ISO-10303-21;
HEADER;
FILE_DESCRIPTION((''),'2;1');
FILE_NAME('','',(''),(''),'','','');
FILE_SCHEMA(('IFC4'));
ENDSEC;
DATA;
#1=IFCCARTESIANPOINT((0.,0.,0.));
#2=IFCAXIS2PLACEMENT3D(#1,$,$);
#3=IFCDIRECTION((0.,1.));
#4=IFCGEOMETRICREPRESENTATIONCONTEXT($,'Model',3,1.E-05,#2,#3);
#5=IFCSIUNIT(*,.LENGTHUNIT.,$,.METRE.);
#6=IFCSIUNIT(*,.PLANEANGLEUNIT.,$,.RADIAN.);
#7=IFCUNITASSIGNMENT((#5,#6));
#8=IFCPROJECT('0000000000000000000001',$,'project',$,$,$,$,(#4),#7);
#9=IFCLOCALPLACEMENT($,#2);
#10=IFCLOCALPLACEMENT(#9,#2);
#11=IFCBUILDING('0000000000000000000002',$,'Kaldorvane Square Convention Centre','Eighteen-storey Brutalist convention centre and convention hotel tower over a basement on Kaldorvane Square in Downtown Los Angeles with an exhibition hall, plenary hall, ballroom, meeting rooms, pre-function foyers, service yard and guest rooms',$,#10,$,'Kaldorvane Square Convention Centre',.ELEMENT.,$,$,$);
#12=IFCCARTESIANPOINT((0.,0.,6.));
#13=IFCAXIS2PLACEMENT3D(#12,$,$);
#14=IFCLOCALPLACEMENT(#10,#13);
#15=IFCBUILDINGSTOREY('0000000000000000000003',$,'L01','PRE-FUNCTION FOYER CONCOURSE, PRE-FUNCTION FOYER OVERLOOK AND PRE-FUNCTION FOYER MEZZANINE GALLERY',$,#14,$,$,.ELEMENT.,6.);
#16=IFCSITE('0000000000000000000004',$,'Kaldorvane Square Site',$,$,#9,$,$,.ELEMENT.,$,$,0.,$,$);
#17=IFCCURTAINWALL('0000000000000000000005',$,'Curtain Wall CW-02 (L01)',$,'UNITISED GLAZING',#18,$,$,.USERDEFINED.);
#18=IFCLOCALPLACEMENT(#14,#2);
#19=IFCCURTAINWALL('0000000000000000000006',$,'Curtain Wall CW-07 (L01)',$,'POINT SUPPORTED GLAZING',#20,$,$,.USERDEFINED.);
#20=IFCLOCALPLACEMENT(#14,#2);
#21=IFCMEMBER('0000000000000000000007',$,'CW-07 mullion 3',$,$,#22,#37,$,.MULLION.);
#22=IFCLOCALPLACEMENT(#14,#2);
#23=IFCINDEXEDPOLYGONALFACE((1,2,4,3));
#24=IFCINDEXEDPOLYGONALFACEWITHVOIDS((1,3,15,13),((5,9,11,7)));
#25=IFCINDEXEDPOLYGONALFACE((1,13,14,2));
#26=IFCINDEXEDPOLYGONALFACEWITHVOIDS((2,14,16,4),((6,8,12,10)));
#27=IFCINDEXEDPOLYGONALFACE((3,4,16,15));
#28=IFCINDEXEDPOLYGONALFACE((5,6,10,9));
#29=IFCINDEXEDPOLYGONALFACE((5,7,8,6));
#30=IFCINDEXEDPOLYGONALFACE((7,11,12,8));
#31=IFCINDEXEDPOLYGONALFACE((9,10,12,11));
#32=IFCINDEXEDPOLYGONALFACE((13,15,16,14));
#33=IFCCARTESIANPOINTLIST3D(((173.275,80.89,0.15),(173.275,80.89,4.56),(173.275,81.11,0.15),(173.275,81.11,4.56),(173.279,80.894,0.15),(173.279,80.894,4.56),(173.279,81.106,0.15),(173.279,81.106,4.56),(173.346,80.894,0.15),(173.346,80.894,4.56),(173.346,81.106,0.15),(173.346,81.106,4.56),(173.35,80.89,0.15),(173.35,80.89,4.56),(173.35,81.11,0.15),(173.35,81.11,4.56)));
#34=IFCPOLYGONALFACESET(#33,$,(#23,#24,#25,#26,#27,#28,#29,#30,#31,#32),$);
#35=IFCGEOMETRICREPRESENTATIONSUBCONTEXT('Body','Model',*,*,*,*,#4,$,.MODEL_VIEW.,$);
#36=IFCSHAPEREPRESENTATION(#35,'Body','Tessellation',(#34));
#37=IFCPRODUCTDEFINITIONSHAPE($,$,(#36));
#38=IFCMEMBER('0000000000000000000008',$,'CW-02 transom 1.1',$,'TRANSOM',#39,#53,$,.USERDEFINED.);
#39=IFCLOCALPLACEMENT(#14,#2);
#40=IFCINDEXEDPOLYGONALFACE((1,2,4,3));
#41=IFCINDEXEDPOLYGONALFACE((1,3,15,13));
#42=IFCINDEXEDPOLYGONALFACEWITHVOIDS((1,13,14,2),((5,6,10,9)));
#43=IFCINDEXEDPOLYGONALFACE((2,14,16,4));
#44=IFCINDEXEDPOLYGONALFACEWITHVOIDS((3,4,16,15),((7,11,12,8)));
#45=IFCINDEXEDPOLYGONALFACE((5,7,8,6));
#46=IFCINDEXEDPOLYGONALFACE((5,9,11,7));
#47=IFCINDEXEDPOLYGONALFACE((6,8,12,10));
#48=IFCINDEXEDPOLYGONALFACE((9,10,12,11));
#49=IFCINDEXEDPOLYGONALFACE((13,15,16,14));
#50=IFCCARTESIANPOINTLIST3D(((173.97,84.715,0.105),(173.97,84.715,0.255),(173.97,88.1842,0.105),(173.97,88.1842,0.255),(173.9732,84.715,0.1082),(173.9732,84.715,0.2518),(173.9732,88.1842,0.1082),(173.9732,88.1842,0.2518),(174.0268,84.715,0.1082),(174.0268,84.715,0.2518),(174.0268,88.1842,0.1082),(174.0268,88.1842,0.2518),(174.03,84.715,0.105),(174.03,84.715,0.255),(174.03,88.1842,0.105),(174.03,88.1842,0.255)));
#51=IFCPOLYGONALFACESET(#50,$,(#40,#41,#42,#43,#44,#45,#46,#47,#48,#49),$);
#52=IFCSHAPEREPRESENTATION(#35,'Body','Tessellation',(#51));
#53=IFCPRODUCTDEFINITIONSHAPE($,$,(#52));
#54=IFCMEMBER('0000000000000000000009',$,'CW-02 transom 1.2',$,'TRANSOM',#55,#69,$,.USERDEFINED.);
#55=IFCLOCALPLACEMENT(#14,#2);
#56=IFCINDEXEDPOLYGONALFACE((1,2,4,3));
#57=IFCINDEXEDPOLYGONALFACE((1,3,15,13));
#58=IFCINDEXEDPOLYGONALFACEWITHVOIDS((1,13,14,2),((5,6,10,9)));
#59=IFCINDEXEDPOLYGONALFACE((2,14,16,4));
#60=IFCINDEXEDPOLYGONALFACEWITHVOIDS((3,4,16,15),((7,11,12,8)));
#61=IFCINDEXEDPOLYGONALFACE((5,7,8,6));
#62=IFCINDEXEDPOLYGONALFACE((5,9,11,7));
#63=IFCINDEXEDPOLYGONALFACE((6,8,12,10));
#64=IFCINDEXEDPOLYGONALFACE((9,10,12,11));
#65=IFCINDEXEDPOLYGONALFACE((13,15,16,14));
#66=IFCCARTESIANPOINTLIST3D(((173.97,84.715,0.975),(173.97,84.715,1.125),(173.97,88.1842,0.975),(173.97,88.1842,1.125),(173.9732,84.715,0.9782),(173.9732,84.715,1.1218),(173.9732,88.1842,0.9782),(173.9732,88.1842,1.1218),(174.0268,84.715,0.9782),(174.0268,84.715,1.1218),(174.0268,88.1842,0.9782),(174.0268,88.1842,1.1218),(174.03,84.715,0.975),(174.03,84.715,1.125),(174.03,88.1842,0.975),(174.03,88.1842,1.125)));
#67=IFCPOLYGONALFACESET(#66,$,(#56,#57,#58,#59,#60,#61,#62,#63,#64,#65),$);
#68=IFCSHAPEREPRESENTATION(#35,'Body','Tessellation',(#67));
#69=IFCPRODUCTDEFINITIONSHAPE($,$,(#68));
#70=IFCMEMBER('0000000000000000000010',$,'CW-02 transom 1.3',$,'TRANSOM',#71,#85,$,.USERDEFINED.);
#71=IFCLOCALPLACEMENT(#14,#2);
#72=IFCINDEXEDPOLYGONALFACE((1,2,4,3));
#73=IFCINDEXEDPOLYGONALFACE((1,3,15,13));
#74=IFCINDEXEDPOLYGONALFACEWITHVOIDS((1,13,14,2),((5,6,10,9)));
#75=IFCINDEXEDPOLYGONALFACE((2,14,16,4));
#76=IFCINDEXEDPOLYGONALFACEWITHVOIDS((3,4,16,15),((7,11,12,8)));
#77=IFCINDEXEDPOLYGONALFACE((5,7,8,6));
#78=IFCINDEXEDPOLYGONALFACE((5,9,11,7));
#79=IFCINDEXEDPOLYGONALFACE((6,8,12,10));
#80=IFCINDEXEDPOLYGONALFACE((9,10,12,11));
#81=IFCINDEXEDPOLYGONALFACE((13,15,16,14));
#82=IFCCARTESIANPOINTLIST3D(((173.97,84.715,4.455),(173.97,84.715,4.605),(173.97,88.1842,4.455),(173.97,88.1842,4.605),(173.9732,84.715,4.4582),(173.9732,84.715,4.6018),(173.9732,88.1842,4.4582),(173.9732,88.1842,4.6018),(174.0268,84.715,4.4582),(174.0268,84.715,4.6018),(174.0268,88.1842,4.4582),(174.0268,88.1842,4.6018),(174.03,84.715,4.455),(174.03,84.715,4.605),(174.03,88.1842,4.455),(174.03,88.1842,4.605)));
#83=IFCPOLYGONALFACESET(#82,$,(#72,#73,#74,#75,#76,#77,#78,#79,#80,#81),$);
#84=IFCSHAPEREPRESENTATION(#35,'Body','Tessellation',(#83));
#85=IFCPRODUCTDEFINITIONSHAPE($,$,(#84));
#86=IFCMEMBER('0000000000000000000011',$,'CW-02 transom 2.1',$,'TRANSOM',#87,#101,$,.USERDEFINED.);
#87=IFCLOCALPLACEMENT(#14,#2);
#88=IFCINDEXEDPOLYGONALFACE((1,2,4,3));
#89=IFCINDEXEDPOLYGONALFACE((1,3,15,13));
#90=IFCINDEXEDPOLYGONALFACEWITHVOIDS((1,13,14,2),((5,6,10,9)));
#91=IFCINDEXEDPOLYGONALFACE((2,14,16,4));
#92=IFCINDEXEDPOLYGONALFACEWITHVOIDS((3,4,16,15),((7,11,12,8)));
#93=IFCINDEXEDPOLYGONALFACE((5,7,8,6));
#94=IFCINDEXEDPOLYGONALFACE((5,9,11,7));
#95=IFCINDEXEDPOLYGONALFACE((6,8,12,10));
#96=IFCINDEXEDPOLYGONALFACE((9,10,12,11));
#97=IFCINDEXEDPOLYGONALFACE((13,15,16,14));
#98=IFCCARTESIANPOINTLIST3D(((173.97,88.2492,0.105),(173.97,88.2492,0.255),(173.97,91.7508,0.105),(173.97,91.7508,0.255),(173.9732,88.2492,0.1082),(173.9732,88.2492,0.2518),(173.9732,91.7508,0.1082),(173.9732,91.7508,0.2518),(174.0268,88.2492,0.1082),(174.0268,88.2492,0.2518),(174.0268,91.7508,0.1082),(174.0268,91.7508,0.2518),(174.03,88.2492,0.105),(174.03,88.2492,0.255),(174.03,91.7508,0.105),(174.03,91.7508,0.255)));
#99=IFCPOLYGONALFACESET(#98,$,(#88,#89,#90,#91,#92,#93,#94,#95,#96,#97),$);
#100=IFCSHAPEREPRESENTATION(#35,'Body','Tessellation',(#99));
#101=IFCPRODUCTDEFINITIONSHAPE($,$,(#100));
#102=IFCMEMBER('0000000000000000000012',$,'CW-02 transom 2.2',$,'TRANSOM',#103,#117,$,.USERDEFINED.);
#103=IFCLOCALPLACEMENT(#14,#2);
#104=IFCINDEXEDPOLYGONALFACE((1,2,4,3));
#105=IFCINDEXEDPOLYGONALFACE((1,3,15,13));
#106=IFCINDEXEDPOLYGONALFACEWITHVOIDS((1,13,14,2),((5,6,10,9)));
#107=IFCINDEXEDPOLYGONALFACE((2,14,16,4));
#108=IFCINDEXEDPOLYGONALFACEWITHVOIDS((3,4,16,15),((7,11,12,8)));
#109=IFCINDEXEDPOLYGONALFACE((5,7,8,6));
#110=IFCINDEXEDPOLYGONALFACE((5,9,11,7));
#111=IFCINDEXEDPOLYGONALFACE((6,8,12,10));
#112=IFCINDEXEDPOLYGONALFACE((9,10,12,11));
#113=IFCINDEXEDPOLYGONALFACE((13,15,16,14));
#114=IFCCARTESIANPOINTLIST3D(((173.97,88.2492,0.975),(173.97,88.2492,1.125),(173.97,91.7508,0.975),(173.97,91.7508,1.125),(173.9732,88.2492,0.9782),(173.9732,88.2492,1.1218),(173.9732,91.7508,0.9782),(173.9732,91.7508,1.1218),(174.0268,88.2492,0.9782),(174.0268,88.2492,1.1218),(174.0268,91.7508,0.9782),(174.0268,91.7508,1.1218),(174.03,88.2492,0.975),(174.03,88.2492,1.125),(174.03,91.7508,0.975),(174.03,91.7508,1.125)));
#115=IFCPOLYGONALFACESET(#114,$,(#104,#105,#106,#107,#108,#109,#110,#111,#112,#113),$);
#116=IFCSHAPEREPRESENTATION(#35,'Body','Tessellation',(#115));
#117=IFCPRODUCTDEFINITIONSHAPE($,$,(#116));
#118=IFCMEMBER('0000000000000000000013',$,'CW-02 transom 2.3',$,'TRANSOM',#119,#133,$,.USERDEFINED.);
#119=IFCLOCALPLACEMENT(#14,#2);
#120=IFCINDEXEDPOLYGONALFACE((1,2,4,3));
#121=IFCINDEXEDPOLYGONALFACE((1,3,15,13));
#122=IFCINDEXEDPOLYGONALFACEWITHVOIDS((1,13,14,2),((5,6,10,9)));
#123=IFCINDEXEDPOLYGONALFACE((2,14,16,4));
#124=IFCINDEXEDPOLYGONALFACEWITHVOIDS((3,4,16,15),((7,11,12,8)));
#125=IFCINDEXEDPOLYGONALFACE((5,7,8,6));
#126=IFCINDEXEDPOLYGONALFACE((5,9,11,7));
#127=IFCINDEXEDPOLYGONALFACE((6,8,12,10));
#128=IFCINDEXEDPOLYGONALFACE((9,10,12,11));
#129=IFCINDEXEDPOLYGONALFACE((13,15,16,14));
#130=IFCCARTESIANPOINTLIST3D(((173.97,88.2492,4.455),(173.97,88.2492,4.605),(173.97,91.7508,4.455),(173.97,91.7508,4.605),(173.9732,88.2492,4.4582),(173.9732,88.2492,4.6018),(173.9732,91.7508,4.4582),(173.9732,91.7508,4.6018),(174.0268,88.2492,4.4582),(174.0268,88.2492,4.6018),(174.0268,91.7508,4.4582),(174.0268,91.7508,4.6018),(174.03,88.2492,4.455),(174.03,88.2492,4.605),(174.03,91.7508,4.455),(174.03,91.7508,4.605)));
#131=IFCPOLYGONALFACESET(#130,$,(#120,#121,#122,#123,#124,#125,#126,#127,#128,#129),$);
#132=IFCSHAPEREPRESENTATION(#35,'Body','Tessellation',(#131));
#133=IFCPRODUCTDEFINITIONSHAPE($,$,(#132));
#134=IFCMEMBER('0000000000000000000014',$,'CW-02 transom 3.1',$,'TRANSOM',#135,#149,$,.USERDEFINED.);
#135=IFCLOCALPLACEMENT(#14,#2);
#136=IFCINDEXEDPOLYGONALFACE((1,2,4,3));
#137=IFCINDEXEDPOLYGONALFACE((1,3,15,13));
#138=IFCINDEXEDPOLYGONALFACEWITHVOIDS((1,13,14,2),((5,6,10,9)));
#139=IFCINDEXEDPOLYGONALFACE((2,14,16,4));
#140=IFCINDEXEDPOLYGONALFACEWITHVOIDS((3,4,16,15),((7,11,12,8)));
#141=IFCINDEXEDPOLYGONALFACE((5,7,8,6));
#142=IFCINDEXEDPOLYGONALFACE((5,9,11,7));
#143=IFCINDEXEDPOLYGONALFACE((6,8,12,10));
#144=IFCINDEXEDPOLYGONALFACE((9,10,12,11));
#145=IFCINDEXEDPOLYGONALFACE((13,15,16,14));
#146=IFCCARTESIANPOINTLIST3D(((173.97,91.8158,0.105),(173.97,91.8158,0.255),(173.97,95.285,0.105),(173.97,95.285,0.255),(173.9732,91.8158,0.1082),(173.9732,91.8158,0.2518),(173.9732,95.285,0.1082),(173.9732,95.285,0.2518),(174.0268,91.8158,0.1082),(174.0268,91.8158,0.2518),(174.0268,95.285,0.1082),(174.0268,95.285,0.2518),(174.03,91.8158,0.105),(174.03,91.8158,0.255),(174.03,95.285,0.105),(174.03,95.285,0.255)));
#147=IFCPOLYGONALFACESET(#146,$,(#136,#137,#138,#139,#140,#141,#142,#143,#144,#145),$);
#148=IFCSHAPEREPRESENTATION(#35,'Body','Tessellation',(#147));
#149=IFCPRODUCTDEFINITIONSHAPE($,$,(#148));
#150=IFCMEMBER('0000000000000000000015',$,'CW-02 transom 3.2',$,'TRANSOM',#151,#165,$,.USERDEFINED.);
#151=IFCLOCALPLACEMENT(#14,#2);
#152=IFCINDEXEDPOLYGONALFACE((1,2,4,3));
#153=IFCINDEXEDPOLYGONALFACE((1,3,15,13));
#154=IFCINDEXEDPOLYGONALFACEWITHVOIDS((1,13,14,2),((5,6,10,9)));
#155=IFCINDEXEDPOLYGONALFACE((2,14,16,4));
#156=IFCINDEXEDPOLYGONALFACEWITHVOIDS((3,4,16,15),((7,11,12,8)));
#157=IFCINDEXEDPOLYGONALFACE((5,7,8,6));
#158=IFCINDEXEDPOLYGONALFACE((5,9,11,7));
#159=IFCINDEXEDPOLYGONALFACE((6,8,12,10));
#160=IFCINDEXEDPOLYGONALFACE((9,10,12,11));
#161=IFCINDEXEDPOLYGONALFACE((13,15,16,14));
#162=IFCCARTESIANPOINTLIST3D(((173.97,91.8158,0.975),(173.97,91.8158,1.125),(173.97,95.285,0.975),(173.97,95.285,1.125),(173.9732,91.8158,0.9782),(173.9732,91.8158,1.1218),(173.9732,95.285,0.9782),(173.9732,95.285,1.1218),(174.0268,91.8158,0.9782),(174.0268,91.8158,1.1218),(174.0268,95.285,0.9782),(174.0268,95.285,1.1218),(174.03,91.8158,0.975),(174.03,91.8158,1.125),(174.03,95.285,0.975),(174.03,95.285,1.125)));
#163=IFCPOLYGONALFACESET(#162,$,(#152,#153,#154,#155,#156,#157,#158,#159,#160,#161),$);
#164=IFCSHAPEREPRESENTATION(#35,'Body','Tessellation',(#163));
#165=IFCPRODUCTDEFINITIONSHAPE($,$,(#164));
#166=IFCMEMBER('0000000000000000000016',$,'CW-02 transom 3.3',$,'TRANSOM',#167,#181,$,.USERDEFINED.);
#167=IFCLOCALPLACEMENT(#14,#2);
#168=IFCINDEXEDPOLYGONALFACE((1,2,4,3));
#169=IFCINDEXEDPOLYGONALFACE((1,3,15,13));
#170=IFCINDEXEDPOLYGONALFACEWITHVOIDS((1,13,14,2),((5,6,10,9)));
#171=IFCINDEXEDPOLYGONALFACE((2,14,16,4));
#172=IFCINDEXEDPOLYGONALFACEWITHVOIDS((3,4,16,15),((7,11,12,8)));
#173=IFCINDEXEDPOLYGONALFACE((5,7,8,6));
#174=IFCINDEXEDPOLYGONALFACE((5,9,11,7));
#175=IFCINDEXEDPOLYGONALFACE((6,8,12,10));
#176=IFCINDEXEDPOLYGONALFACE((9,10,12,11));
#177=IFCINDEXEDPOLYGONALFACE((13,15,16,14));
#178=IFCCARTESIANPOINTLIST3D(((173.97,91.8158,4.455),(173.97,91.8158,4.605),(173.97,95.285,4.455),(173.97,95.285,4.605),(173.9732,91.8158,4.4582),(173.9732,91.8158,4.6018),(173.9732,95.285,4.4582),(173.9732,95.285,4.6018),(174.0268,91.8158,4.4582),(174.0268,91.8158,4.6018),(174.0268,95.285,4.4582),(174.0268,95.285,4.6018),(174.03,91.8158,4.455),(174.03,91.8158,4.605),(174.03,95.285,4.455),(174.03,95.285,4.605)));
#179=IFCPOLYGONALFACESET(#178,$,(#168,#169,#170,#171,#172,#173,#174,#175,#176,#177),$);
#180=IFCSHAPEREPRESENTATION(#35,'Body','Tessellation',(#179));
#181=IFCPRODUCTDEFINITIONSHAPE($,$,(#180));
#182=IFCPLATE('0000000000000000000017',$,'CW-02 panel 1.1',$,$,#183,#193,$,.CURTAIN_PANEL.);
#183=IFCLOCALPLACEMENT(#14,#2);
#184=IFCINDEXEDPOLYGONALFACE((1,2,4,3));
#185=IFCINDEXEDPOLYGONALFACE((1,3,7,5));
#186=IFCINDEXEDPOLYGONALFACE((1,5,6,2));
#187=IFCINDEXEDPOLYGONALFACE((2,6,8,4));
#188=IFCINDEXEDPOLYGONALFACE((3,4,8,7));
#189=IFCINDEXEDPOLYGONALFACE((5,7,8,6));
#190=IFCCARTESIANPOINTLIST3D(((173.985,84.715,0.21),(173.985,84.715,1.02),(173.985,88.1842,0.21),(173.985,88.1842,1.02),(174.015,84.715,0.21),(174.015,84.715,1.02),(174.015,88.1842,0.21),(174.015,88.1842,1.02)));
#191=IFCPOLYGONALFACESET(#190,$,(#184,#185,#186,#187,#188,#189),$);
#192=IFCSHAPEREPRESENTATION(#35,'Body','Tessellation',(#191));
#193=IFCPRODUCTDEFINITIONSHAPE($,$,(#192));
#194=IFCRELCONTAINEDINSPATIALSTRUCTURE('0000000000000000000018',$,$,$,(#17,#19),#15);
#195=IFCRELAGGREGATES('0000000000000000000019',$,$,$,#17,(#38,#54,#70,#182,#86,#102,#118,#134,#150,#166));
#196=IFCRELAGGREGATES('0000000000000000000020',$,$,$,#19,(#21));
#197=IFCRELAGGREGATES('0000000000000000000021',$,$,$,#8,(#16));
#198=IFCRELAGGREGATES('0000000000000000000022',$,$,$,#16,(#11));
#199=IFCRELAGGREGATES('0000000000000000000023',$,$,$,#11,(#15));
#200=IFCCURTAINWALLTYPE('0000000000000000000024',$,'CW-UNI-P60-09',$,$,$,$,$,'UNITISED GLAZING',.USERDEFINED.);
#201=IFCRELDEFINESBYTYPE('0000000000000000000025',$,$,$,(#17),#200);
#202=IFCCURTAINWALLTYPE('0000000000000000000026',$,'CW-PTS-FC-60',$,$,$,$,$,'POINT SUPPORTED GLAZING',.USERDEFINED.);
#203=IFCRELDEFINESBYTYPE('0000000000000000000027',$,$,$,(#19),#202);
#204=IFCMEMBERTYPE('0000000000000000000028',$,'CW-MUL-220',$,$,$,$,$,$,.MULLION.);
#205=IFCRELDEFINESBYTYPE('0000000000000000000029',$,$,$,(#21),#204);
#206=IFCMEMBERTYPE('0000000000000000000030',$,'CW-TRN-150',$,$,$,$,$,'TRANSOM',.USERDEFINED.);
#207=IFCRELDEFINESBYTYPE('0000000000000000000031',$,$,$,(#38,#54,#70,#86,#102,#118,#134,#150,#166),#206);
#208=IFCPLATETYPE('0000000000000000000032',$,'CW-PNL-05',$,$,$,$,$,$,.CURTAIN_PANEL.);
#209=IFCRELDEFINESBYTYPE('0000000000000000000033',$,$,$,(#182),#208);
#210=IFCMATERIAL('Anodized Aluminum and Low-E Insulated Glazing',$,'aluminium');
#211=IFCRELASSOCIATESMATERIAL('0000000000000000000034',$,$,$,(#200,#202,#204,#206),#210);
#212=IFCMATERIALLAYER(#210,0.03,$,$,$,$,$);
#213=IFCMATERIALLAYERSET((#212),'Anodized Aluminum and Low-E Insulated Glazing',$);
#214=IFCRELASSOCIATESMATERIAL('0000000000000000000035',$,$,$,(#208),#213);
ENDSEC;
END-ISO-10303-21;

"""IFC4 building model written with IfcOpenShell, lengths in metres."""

from ifc_helpers import new_model, si_unit, direction, frame, origin, origin_2d, place, context, subcontext, project, spatial, rectangle, hollow_rectangle, extrude, material, layer, layer_set, material_profile, profile_set, type_object, element, aggregate, save


model = new_model("IFC4")

# Units and contexts
model_context = context("Model", 3, precision=1e-05, world=origin(), true_north=direction((0.0, 1.0)))
body_context = subcontext(model_context, "Body", "Model", "MODEL_VIEW")
ifc_project = project(units=[si_unit("LENGTHUNIT", "METRE"), si_unit("PLANEANGLEUNIT", "RADIAN")], contexts=[model_context])

# Site, building, storey
site_placement = place(None, origin())
site = spatial("IfcSite", under=ifc_project, at=site_placement, Name="Kaldorvane Square Site", CompositionType="ELEMENT", RefElevation=0.0)
building_placement = place(site_placement, origin())
building = spatial("IfcBuilding", under=site, at=building_placement, Name="Kaldorvane Square Convention Centre", Description="Eighteen-storey Brutalist convention centre and convention hotel tower over a basement on Kaldorvane Square in Downtown Los Angeles with an exhibition hall, plenary hall, ballroom, meeting rooms, pre-function foyers, service yard and guest rooms", LongName="Kaldorvane Square Convention Centre", CompositionType="ELEMENT")
storey_placement = place(building_placement, frame((0.0, 0.0, 6.0)))
storey = spatial("IfcBuildingStorey", under=building, at=storey_placement, Name="L01", Description="PRE-FUNCTION FOYER CONCOURSE, PRE-FUNCTION FOYER OVERLOOK AND PRE-FUNCTION FOYER MEZZANINE GALLERY", CompositionType="ELEMENT", Elevation=6.0)

# Curtain wall
ifc_material_1 = material(Name="Anodized Aluminum and Low-E Insulated Glazing", Category="aluminium")
curtain_wall_type_1 = type_object("IfcCurtainWallType", Name="CW-UNI-P60-09", ElementType="UNITISED GLAZING", PredefinedType="USERDEFINED", material=ifc_material_1)
curtain_wall_1_placement = place(storey_placement, origin())
curtain_wall_1 = element("IfcCurtainWall", 1, at=curtain_wall_1_placement, inside=storey, type_object=curtain_wall_type_1, Name="Curtain Wall CW-02 (L01)", ObjectType="UNITISED GLAZING", PredefinedType="USERDEFINED")

# Curtain wall, member
curtain_wall_type_2 = type_object("IfcCurtainWallType", Name="CW-PTS-FC-60", ElementType="POINT SUPPORTED GLAZING", PredefinedType="USERDEFINED", material=ifc_material_1)
curtain_wall_2_placement = place(storey_placement, origin())
curtain_wall_2 = element("IfcCurtainWall", 2, at=curtain_wall_2_placement, inside=storey, type_object=curtain_wall_type_2, Name="Curtain Wall CW-07 (L01)", ObjectType="POINT SUPPORTED GLAZING", PredefinedType="USERDEFINED")
ifc_material_profile_1 = material_profile(ifc_material_1, hollow_rectangle(XDim=0.075, YDim=0.22, WallThickness=0.004, at=origin_2d()), Name="CWM-220X75")
ifc_profile_set_1 = profile_set([ifc_material_profile_1], Name="Anodized Aluminum and Low-E Insulated Glazing")
member_type_1 = type_object("IfcMemberType", Name="CW-MUL-220", PredefinedType="MULLION", material=ifc_profile_set_1)
member_1_placement = place(storey_placement, frame((173.3125, 81.0, 0.15), z_axis=(0.0, 0.0, 1.0), x_axis=(1.0, 0.0, 0.0)))
member_1 = element("IfcMember", 3, at=member_1_placement, type_object=member_type_1, Name="CW-07 mullion 3", PredefinedType="MULLION", context=body_context, shape_type="SweptSolid", body=[
    extrude(hollow_rectangle(XDim=0.075, YDim=0.22, WallThickness=0.004, at=origin_2d()), origin(), (0.0, 0.0, 1.0), 4.41),
])

# Members
ifc_material_profile_2 = material_profile(ifc_material_1, hollow_rectangle(XDim=0.06, YDim=0.15, WallThickness=0.0032, at=origin_2d()), Name="CWT-150X60")
ifc_profile_set_2 = profile_set([ifc_material_profile_2], Name="Anodized Aluminum and Low-E Insulated Glazing")
member_type_2 = type_object("IfcMemberType", Name="CW-TRN-150", ElementType="TRANSOM", PredefinedType="USERDEFINED", material=ifc_profile_set_2)
member_2_placement = place(storey_placement, frame((174.0, 84.715, 0.18), z_axis=(0.0, 1.0, 0.0), x_axis=(-1.0, 0.0, 0.0)))
member_2 = element("IfcMember", 4, at=member_2_placement, type_object=member_type_2, Name="CW-02 transom 1.1", ObjectType="TRANSOM", PredefinedType="USERDEFINED", context=body_context, shape_type="SweptSolid", body=[
    extrude(hollow_rectangle(XDim=0.06, YDim=0.15, WallThickness=0.0032, at=origin_2d()), origin(), (0.0, 0.0, 1.0), 3.4692),
])
member_3_placement = place(storey_placement, frame((174.0, 84.715, 1.05), z_axis=(0.0, 1.0, 0.0), x_axis=(-1.0, 0.0, 0.0)))
member_3 = element("IfcMember", 5, at=member_3_placement, type_object=member_type_2, Name="CW-02 transom 1.2", ObjectType="TRANSOM", PredefinedType="USERDEFINED", context=body_context, shape_type="SweptSolid", body=[
    extrude(hollow_rectangle(XDim=0.06, YDim=0.15, WallThickness=0.0032, at=origin_2d()), origin(), (0.0, 0.0, 1.0), 3.4692),
])
member_4_placement = place(storey_placement, frame((174.0, 84.715, 4.53), z_axis=(0.0, 1.0, 0.0), x_axis=(-1.0, 0.0, 0.0)))
member_4 = element("IfcMember", 6, at=member_4_placement, type_object=member_type_2, Name="CW-02 transom 1.3", ObjectType="TRANSOM", PredefinedType="USERDEFINED", context=body_context, shape_type="SweptSolid", body=[
    extrude(hollow_rectangle(XDim=0.06, YDim=0.15, WallThickness=0.0032, at=origin_2d()), origin(), (0.0, 0.0, 1.0), 3.4692),
])
member_5_placement = place(storey_placement, frame((174.0, 88.2492, 0.18), z_axis=(0.0, 1.0, 0.0), x_axis=(-1.0, 0.0, 0.0)))
member_5 = element("IfcMember", 7, at=member_5_placement, type_object=member_type_2, Name="CW-02 transom 2.1", ObjectType="TRANSOM", PredefinedType="USERDEFINED", context=body_context, shape_type="SweptSolid", body=[
    extrude(hollow_rectangle(XDim=0.06, YDim=0.15, WallThickness=0.0032, at=origin_2d()), origin(), (0.0, 0.0, 1.0), 3.5017),
])
member_6_placement = place(storey_placement, frame((174.0, 88.2492, 1.05), z_axis=(0.0, 1.0, 0.0), x_axis=(-1.0, 0.0, 0.0)))
member_6 = element("IfcMember", 8, at=member_6_placement, type_object=member_type_2, Name="CW-02 transom 2.2", ObjectType="TRANSOM", PredefinedType="USERDEFINED", context=body_context, shape_type="SweptSolid", body=[
    extrude(hollow_rectangle(XDim=0.06, YDim=0.15, WallThickness=0.0032, at=origin_2d()), origin(), (0.0, 0.0, 1.0), 3.5017),
])
member_7_placement = place(storey_placement, frame((174.0, 88.2492, 4.53), z_axis=(0.0, 1.0, 0.0), x_axis=(-1.0, 0.0, 0.0)))
member_7 = element("IfcMember", 9, at=member_7_placement, type_object=member_type_2, Name="CW-02 transom 2.3", ObjectType="TRANSOM", PredefinedType="USERDEFINED", context=body_context, shape_type="SweptSolid", body=[
    extrude(hollow_rectangle(XDim=0.06, YDim=0.15, WallThickness=0.0032, at=origin_2d()), origin(), (0.0, 0.0, 1.0), 3.5017),
])
member_8_placement = place(storey_placement, frame((174.0, 91.8158, 0.18), z_axis=(0.0, 1.0, 0.0), x_axis=(-1.0, 0.0, 0.0)))
member_8 = element("IfcMember", 10, at=member_8_placement, type_object=member_type_2, Name="CW-02 transom 3.1", ObjectType="TRANSOM", PredefinedType="USERDEFINED", context=body_context, shape_type="SweptSolid", body=[
    extrude(hollow_rectangle(XDim=0.06, YDim=0.15, WallThickness=0.0032, at=origin_2d()), origin(), (0.0, 0.0, 1.0), 3.4692),
])
member_9_placement = place(storey_placement, frame((174.0, 91.8158, 1.05), z_axis=(0.0, 1.0, 0.0), x_axis=(-1.0, 0.0, 0.0)))
member_9 = element("IfcMember", 11, at=member_9_placement, type_object=member_type_2, Name="CW-02 transom 3.2", ObjectType="TRANSOM", PredefinedType="USERDEFINED", context=body_context, shape_type="SweptSolid", body=[
    extrude(hollow_rectangle(XDim=0.06, YDim=0.15, WallThickness=0.0032, at=origin_2d()), origin(), (0.0, 0.0, 1.0), 3.4692),
])
member_10_placement = place(storey_placement, frame((174.0, 91.8158, 4.53), z_axis=(0.0, 1.0, 0.0), x_axis=(-1.0, 0.0, 0.0)))
member_10 = element("IfcMember", 12, at=member_10_placement, type_object=member_type_2, Name="CW-02 transom 3.3", ObjectType="TRANSOM", PredefinedType="USERDEFINED", context=body_context, shape_type="SweptSolid", body=[
    extrude(hollow_rectangle(XDim=0.06, YDim=0.15, WallThickness=0.0032, at=origin_2d()), origin(), (0.0, 0.0, 1.0), 3.4692),
])

# Plate
ifc_layer_1 = layer(ifc_material_1, 0.03)
ifc_layer_set_1 = layer_set([ifc_layer_1], Name="Anodized Aluminum and Low-E Insulated Glazing")
plate_type_1 = type_object("IfcPlateType", Name="CW-PNL-05", PredefinedType="CURTAIN_PANEL", material=ifc_layer_set_1)
plate_1_placement = place(storey_placement, frame((174.0, 86.4496, 0.21), z_axis=(0.0, 0.0, 1.0), x_axis=(0.0, 1.0, 0.0)))
plate_1 = element("IfcPlate", 13, at=plate_1_placement, type_object=plate_type_1, Name="CW-02 panel 1.1", PredefinedType="CURTAIN_PANEL", context=body_context, shape_type="SweptSolid", body=[
    extrude(rectangle(XDim=3.4692, YDim=0.03, at=origin_2d()), origin(), (0.0, 0.0, 1.0), 0.81),
])
aggregate(curtain_wall_1, [member_2, member_3, member_4, plate_1, member_5, member_6, member_7, member_8, member_9, member_10])
aggregate(curtain_wall_2, [member_1])

save(model, "model.ifc")
